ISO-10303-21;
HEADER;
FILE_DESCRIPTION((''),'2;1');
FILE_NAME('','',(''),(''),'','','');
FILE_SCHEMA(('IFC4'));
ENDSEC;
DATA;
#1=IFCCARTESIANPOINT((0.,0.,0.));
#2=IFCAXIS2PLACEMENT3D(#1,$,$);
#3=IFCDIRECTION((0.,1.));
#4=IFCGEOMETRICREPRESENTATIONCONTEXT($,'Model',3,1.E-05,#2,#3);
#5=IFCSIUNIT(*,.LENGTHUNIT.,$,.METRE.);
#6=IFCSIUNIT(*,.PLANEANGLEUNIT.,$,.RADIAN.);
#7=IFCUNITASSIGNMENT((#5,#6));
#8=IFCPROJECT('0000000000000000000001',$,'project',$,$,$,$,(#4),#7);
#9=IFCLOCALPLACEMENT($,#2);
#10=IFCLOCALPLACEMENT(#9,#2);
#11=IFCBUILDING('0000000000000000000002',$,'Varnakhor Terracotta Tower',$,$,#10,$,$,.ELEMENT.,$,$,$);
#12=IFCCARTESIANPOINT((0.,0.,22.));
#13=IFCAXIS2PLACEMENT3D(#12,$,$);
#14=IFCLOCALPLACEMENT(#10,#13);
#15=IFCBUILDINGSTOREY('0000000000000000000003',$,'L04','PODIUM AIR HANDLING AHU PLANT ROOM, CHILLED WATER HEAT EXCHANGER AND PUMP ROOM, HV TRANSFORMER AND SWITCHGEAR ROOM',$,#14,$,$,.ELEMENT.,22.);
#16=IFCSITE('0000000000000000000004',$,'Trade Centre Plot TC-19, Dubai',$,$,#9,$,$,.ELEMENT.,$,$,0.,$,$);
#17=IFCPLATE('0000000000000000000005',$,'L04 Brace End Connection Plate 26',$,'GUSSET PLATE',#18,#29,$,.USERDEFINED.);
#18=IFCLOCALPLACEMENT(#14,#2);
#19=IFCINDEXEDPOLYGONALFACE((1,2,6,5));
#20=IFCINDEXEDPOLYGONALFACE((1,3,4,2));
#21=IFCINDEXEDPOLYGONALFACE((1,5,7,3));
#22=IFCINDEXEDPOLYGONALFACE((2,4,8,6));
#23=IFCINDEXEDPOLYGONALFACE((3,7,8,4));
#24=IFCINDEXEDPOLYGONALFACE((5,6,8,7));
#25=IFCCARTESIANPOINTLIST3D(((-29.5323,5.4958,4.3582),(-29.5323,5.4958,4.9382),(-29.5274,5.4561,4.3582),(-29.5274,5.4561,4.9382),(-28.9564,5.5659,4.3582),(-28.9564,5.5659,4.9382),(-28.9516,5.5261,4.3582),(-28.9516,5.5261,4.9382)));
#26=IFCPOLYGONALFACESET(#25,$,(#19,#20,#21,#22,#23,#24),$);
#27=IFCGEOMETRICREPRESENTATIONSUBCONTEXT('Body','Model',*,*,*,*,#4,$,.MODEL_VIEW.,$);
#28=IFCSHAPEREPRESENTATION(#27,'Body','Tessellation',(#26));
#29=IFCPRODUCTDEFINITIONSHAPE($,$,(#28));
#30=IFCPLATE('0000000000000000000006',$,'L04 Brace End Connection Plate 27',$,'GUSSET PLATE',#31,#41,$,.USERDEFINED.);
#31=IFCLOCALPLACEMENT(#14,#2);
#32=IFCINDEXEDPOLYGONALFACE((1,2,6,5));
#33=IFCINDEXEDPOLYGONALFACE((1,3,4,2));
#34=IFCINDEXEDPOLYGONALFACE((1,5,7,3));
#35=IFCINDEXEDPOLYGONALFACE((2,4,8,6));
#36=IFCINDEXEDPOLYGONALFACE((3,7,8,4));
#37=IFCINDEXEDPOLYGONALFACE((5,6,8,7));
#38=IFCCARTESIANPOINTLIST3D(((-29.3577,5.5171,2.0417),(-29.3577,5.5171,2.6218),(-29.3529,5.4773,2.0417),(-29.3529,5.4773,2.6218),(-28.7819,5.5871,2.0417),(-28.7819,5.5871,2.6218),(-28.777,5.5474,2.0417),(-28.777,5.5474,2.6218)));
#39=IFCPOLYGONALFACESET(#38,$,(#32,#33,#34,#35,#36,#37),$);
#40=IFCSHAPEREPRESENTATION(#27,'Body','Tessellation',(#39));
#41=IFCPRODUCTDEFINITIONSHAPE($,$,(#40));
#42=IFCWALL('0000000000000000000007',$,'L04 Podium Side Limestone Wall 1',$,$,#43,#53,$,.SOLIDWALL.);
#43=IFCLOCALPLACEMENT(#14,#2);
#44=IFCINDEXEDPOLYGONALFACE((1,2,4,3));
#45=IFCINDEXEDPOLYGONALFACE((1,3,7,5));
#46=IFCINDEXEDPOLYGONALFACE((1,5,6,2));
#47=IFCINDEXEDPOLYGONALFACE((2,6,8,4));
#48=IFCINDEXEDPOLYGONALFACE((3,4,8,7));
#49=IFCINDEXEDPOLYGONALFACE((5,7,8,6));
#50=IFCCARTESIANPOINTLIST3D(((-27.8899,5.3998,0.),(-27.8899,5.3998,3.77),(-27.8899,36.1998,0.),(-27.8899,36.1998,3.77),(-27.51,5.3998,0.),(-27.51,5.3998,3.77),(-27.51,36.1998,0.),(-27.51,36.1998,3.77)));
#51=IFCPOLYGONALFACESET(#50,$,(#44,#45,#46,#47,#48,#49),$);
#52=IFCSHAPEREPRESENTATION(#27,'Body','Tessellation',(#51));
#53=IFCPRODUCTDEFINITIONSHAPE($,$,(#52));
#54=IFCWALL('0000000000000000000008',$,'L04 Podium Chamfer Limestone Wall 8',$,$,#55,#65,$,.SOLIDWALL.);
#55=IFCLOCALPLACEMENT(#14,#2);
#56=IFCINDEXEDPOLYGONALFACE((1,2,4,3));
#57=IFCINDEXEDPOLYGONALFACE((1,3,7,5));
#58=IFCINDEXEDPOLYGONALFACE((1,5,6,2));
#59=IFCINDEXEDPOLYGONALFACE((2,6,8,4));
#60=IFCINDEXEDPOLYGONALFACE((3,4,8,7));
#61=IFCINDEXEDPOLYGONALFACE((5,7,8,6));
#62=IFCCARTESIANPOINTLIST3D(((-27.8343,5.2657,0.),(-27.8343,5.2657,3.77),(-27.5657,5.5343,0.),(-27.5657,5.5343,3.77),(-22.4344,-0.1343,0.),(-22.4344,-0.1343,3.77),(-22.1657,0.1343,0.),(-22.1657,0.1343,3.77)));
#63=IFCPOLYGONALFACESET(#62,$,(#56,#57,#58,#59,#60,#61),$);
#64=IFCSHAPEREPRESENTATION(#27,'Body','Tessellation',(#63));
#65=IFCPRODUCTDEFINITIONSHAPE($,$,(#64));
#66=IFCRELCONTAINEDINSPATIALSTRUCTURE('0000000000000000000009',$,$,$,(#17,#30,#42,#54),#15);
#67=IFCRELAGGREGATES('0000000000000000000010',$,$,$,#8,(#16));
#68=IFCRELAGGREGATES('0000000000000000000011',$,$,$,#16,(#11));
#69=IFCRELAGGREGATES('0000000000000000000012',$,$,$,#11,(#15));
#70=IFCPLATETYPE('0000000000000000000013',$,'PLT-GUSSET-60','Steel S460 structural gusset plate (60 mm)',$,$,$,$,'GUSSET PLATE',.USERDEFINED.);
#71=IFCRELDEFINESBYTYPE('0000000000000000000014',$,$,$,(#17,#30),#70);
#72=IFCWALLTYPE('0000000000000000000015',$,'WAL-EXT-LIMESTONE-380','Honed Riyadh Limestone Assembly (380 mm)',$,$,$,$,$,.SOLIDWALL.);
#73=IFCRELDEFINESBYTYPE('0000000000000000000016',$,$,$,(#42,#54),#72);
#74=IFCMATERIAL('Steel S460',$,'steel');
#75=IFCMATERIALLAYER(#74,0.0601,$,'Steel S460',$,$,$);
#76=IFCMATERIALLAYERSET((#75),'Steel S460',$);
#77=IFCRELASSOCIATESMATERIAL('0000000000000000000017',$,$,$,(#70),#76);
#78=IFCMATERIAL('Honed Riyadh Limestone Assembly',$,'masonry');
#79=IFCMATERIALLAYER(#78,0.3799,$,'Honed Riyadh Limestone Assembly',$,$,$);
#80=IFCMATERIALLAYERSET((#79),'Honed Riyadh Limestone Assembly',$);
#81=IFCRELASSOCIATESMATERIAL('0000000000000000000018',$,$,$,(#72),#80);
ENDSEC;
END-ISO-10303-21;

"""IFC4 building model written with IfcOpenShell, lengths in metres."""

from ifc_helpers import new_model, si_unit, direction, frame, frame_2d, origin, origin_2d, place, context, subcontext, project, spatial, rectangle, extrude, source, transform, mapped, material, layer, layer_set, type_object, element, save


model = new_model("IFC4")

# Units and contexts
model_context = context("Model", 3, precision=1e-05, world=origin(), true_north=direction((0.0, 1.0)))
body_context = subcontext(model_context, "Body", "Model", "MODEL_VIEW")
ifc_project = project(units=[si_unit("LENGTHUNIT", "METRE"), si_unit("PLANEANGLEUNIT", "RADIAN")], contexts=[model_context])

# Site, building, storey
site_placement = place(None, origin())
site = spatial("IfcSite", under=ifc_project, at=site_placement, Name="Trade Centre Plot TC-19, Dubai", CompositionType="ELEMENT", RefElevation=0.0)
building_placement = place(site_placement, origin())
building = spatial("IfcBuilding", under=site, at=building_placement, Name="Varnakhor Terracotta Tower", CompositionType="ELEMENT")
storey_placement = place(building_placement, frame((0.0, 0.0, 22.0)))
storey = spatial("IfcBuildingStorey", under=building, at=storey_placement, Name="L04", Description="PODIUM AIR HANDLING AHU PLANT ROOM, CHILLED WATER HEAT EXCHANGER AND PUMP ROOM, HV TRANSFORMER AND SWITCHGEAR ROOM", CompositionType="ELEMENT", Elevation=22.0)

# Shared definitions
ifc_material_1 = material(Name="Steel S460", Category="steel")

# Plates
ifc_layer_1 = layer(ifc_material_1, 0.0601, Name="Steel S460")
ifc_layer_set_1 = layer_set([ifc_layer_1], Name="Steel S460")
plate_type_1 = type_object("IfcPlateType", Name="PLT-GUSSET-60", Description="Steel S460 structural gusset plate (60 mm)", ElementType="GUSSET PLATE", PredefinedType="USERDEFINED", material=ifc_layer_set_1)
shared_shape_1 = source(origin(), body_context, "Body", "SweptSolid", [
    extrude(rectangle(XDim=0.5801, YDim=0.04, at=origin_2d()), origin(), (0.0, 0.0, 1.0), 0.5801),
])
for number, where, z_axis, x_axis, name in (
    (1, (-29.2419, 5.511, 4.3582), (0.0, 0.0, 1.0), (0.992686, 0.120726, 0.0), "L04 Brace End Connection Plate 26"),
    (2, (-29.0674, 5.5322, 2.0417), (0.0, 0.0, 1.0), (0.99269, 0.120691, 0.0), "L04 Brace End Connection Plate 27"),
):
    element("IfcPlate", number, at=place(storey_placement, frame(where, z_axis=z_axis, x_axis=x_axis)), inside=storey, type_object=plate_type_1, Name=name, ObjectType="GUSSET PLATE", PredefinedType="USERDEFINED", context=body_context, shape_type="MappedRepresentation", body=[
        mapped(shared_shape_1, transform((0.0, 0.0, 0.0), scale=1.0)),
    ])

# Walls
ifc_material_2 = material(Name="Honed Riyadh Limestone Assembly", Category="masonry")
ifc_layer_2 = layer(ifc_material_2, 0.3799, Name="Honed Riyadh Limestone Assembly")
ifc_layer_set_2 = layer_set([ifc_layer_2], Name="Honed Riyadh Limestone Assembly")
wall_type = type_object("IfcWallType", Name="WAL-EXT-LIMESTONE-380", Description="Honed Riyadh Limestone Assembly (380 mm)", PredefinedType="SOLIDWALL", material=ifc_layer_set_2)
wall_1_placement = place(storey_placement, frame((-27.7, 5.3999, 0.0), z_axis=(0.0, 0.0, 1.0), x_axis=(0.0, 1.0, 0.0)))
element("IfcWall", 3, at=wall_1_placement, inside=storey, type_object=wall_type, Name="L04 Podium Side Limestone Wall 1", PredefinedType="SOLIDWALL", context=body_context, shape_type="SweptSolid", body=[
    extrude(rectangle(XDim=30.8, YDim=0.3799, at=frame_2d((15.3999, 0.0))), origin(), (0.0, 0.0, 1.0), 3.77),
])
wall_2_placement = place(storey_placement, frame((-22.3, 0.0, 0.0), z_axis=(0.0, 0.0, 1.0), x_axis=(-0.707107, 0.707107, 0.0)))
element("IfcWall", 4, at=wall_2_placement, inside=storey, type_object=wall_type, Name="L04 Podium Chamfer Limestone Wall 8", PredefinedType="SOLIDWALL", context=body_context, shape_type="SweptSolid", body=[
    extrude(rectangle(XDim=7.6367, YDim=0.3799, at=frame_2d((3.8184, 0.0))), origin(), (0.0, 0.0, 1.0), 3.77),
])

save(model, "model.ifc")
